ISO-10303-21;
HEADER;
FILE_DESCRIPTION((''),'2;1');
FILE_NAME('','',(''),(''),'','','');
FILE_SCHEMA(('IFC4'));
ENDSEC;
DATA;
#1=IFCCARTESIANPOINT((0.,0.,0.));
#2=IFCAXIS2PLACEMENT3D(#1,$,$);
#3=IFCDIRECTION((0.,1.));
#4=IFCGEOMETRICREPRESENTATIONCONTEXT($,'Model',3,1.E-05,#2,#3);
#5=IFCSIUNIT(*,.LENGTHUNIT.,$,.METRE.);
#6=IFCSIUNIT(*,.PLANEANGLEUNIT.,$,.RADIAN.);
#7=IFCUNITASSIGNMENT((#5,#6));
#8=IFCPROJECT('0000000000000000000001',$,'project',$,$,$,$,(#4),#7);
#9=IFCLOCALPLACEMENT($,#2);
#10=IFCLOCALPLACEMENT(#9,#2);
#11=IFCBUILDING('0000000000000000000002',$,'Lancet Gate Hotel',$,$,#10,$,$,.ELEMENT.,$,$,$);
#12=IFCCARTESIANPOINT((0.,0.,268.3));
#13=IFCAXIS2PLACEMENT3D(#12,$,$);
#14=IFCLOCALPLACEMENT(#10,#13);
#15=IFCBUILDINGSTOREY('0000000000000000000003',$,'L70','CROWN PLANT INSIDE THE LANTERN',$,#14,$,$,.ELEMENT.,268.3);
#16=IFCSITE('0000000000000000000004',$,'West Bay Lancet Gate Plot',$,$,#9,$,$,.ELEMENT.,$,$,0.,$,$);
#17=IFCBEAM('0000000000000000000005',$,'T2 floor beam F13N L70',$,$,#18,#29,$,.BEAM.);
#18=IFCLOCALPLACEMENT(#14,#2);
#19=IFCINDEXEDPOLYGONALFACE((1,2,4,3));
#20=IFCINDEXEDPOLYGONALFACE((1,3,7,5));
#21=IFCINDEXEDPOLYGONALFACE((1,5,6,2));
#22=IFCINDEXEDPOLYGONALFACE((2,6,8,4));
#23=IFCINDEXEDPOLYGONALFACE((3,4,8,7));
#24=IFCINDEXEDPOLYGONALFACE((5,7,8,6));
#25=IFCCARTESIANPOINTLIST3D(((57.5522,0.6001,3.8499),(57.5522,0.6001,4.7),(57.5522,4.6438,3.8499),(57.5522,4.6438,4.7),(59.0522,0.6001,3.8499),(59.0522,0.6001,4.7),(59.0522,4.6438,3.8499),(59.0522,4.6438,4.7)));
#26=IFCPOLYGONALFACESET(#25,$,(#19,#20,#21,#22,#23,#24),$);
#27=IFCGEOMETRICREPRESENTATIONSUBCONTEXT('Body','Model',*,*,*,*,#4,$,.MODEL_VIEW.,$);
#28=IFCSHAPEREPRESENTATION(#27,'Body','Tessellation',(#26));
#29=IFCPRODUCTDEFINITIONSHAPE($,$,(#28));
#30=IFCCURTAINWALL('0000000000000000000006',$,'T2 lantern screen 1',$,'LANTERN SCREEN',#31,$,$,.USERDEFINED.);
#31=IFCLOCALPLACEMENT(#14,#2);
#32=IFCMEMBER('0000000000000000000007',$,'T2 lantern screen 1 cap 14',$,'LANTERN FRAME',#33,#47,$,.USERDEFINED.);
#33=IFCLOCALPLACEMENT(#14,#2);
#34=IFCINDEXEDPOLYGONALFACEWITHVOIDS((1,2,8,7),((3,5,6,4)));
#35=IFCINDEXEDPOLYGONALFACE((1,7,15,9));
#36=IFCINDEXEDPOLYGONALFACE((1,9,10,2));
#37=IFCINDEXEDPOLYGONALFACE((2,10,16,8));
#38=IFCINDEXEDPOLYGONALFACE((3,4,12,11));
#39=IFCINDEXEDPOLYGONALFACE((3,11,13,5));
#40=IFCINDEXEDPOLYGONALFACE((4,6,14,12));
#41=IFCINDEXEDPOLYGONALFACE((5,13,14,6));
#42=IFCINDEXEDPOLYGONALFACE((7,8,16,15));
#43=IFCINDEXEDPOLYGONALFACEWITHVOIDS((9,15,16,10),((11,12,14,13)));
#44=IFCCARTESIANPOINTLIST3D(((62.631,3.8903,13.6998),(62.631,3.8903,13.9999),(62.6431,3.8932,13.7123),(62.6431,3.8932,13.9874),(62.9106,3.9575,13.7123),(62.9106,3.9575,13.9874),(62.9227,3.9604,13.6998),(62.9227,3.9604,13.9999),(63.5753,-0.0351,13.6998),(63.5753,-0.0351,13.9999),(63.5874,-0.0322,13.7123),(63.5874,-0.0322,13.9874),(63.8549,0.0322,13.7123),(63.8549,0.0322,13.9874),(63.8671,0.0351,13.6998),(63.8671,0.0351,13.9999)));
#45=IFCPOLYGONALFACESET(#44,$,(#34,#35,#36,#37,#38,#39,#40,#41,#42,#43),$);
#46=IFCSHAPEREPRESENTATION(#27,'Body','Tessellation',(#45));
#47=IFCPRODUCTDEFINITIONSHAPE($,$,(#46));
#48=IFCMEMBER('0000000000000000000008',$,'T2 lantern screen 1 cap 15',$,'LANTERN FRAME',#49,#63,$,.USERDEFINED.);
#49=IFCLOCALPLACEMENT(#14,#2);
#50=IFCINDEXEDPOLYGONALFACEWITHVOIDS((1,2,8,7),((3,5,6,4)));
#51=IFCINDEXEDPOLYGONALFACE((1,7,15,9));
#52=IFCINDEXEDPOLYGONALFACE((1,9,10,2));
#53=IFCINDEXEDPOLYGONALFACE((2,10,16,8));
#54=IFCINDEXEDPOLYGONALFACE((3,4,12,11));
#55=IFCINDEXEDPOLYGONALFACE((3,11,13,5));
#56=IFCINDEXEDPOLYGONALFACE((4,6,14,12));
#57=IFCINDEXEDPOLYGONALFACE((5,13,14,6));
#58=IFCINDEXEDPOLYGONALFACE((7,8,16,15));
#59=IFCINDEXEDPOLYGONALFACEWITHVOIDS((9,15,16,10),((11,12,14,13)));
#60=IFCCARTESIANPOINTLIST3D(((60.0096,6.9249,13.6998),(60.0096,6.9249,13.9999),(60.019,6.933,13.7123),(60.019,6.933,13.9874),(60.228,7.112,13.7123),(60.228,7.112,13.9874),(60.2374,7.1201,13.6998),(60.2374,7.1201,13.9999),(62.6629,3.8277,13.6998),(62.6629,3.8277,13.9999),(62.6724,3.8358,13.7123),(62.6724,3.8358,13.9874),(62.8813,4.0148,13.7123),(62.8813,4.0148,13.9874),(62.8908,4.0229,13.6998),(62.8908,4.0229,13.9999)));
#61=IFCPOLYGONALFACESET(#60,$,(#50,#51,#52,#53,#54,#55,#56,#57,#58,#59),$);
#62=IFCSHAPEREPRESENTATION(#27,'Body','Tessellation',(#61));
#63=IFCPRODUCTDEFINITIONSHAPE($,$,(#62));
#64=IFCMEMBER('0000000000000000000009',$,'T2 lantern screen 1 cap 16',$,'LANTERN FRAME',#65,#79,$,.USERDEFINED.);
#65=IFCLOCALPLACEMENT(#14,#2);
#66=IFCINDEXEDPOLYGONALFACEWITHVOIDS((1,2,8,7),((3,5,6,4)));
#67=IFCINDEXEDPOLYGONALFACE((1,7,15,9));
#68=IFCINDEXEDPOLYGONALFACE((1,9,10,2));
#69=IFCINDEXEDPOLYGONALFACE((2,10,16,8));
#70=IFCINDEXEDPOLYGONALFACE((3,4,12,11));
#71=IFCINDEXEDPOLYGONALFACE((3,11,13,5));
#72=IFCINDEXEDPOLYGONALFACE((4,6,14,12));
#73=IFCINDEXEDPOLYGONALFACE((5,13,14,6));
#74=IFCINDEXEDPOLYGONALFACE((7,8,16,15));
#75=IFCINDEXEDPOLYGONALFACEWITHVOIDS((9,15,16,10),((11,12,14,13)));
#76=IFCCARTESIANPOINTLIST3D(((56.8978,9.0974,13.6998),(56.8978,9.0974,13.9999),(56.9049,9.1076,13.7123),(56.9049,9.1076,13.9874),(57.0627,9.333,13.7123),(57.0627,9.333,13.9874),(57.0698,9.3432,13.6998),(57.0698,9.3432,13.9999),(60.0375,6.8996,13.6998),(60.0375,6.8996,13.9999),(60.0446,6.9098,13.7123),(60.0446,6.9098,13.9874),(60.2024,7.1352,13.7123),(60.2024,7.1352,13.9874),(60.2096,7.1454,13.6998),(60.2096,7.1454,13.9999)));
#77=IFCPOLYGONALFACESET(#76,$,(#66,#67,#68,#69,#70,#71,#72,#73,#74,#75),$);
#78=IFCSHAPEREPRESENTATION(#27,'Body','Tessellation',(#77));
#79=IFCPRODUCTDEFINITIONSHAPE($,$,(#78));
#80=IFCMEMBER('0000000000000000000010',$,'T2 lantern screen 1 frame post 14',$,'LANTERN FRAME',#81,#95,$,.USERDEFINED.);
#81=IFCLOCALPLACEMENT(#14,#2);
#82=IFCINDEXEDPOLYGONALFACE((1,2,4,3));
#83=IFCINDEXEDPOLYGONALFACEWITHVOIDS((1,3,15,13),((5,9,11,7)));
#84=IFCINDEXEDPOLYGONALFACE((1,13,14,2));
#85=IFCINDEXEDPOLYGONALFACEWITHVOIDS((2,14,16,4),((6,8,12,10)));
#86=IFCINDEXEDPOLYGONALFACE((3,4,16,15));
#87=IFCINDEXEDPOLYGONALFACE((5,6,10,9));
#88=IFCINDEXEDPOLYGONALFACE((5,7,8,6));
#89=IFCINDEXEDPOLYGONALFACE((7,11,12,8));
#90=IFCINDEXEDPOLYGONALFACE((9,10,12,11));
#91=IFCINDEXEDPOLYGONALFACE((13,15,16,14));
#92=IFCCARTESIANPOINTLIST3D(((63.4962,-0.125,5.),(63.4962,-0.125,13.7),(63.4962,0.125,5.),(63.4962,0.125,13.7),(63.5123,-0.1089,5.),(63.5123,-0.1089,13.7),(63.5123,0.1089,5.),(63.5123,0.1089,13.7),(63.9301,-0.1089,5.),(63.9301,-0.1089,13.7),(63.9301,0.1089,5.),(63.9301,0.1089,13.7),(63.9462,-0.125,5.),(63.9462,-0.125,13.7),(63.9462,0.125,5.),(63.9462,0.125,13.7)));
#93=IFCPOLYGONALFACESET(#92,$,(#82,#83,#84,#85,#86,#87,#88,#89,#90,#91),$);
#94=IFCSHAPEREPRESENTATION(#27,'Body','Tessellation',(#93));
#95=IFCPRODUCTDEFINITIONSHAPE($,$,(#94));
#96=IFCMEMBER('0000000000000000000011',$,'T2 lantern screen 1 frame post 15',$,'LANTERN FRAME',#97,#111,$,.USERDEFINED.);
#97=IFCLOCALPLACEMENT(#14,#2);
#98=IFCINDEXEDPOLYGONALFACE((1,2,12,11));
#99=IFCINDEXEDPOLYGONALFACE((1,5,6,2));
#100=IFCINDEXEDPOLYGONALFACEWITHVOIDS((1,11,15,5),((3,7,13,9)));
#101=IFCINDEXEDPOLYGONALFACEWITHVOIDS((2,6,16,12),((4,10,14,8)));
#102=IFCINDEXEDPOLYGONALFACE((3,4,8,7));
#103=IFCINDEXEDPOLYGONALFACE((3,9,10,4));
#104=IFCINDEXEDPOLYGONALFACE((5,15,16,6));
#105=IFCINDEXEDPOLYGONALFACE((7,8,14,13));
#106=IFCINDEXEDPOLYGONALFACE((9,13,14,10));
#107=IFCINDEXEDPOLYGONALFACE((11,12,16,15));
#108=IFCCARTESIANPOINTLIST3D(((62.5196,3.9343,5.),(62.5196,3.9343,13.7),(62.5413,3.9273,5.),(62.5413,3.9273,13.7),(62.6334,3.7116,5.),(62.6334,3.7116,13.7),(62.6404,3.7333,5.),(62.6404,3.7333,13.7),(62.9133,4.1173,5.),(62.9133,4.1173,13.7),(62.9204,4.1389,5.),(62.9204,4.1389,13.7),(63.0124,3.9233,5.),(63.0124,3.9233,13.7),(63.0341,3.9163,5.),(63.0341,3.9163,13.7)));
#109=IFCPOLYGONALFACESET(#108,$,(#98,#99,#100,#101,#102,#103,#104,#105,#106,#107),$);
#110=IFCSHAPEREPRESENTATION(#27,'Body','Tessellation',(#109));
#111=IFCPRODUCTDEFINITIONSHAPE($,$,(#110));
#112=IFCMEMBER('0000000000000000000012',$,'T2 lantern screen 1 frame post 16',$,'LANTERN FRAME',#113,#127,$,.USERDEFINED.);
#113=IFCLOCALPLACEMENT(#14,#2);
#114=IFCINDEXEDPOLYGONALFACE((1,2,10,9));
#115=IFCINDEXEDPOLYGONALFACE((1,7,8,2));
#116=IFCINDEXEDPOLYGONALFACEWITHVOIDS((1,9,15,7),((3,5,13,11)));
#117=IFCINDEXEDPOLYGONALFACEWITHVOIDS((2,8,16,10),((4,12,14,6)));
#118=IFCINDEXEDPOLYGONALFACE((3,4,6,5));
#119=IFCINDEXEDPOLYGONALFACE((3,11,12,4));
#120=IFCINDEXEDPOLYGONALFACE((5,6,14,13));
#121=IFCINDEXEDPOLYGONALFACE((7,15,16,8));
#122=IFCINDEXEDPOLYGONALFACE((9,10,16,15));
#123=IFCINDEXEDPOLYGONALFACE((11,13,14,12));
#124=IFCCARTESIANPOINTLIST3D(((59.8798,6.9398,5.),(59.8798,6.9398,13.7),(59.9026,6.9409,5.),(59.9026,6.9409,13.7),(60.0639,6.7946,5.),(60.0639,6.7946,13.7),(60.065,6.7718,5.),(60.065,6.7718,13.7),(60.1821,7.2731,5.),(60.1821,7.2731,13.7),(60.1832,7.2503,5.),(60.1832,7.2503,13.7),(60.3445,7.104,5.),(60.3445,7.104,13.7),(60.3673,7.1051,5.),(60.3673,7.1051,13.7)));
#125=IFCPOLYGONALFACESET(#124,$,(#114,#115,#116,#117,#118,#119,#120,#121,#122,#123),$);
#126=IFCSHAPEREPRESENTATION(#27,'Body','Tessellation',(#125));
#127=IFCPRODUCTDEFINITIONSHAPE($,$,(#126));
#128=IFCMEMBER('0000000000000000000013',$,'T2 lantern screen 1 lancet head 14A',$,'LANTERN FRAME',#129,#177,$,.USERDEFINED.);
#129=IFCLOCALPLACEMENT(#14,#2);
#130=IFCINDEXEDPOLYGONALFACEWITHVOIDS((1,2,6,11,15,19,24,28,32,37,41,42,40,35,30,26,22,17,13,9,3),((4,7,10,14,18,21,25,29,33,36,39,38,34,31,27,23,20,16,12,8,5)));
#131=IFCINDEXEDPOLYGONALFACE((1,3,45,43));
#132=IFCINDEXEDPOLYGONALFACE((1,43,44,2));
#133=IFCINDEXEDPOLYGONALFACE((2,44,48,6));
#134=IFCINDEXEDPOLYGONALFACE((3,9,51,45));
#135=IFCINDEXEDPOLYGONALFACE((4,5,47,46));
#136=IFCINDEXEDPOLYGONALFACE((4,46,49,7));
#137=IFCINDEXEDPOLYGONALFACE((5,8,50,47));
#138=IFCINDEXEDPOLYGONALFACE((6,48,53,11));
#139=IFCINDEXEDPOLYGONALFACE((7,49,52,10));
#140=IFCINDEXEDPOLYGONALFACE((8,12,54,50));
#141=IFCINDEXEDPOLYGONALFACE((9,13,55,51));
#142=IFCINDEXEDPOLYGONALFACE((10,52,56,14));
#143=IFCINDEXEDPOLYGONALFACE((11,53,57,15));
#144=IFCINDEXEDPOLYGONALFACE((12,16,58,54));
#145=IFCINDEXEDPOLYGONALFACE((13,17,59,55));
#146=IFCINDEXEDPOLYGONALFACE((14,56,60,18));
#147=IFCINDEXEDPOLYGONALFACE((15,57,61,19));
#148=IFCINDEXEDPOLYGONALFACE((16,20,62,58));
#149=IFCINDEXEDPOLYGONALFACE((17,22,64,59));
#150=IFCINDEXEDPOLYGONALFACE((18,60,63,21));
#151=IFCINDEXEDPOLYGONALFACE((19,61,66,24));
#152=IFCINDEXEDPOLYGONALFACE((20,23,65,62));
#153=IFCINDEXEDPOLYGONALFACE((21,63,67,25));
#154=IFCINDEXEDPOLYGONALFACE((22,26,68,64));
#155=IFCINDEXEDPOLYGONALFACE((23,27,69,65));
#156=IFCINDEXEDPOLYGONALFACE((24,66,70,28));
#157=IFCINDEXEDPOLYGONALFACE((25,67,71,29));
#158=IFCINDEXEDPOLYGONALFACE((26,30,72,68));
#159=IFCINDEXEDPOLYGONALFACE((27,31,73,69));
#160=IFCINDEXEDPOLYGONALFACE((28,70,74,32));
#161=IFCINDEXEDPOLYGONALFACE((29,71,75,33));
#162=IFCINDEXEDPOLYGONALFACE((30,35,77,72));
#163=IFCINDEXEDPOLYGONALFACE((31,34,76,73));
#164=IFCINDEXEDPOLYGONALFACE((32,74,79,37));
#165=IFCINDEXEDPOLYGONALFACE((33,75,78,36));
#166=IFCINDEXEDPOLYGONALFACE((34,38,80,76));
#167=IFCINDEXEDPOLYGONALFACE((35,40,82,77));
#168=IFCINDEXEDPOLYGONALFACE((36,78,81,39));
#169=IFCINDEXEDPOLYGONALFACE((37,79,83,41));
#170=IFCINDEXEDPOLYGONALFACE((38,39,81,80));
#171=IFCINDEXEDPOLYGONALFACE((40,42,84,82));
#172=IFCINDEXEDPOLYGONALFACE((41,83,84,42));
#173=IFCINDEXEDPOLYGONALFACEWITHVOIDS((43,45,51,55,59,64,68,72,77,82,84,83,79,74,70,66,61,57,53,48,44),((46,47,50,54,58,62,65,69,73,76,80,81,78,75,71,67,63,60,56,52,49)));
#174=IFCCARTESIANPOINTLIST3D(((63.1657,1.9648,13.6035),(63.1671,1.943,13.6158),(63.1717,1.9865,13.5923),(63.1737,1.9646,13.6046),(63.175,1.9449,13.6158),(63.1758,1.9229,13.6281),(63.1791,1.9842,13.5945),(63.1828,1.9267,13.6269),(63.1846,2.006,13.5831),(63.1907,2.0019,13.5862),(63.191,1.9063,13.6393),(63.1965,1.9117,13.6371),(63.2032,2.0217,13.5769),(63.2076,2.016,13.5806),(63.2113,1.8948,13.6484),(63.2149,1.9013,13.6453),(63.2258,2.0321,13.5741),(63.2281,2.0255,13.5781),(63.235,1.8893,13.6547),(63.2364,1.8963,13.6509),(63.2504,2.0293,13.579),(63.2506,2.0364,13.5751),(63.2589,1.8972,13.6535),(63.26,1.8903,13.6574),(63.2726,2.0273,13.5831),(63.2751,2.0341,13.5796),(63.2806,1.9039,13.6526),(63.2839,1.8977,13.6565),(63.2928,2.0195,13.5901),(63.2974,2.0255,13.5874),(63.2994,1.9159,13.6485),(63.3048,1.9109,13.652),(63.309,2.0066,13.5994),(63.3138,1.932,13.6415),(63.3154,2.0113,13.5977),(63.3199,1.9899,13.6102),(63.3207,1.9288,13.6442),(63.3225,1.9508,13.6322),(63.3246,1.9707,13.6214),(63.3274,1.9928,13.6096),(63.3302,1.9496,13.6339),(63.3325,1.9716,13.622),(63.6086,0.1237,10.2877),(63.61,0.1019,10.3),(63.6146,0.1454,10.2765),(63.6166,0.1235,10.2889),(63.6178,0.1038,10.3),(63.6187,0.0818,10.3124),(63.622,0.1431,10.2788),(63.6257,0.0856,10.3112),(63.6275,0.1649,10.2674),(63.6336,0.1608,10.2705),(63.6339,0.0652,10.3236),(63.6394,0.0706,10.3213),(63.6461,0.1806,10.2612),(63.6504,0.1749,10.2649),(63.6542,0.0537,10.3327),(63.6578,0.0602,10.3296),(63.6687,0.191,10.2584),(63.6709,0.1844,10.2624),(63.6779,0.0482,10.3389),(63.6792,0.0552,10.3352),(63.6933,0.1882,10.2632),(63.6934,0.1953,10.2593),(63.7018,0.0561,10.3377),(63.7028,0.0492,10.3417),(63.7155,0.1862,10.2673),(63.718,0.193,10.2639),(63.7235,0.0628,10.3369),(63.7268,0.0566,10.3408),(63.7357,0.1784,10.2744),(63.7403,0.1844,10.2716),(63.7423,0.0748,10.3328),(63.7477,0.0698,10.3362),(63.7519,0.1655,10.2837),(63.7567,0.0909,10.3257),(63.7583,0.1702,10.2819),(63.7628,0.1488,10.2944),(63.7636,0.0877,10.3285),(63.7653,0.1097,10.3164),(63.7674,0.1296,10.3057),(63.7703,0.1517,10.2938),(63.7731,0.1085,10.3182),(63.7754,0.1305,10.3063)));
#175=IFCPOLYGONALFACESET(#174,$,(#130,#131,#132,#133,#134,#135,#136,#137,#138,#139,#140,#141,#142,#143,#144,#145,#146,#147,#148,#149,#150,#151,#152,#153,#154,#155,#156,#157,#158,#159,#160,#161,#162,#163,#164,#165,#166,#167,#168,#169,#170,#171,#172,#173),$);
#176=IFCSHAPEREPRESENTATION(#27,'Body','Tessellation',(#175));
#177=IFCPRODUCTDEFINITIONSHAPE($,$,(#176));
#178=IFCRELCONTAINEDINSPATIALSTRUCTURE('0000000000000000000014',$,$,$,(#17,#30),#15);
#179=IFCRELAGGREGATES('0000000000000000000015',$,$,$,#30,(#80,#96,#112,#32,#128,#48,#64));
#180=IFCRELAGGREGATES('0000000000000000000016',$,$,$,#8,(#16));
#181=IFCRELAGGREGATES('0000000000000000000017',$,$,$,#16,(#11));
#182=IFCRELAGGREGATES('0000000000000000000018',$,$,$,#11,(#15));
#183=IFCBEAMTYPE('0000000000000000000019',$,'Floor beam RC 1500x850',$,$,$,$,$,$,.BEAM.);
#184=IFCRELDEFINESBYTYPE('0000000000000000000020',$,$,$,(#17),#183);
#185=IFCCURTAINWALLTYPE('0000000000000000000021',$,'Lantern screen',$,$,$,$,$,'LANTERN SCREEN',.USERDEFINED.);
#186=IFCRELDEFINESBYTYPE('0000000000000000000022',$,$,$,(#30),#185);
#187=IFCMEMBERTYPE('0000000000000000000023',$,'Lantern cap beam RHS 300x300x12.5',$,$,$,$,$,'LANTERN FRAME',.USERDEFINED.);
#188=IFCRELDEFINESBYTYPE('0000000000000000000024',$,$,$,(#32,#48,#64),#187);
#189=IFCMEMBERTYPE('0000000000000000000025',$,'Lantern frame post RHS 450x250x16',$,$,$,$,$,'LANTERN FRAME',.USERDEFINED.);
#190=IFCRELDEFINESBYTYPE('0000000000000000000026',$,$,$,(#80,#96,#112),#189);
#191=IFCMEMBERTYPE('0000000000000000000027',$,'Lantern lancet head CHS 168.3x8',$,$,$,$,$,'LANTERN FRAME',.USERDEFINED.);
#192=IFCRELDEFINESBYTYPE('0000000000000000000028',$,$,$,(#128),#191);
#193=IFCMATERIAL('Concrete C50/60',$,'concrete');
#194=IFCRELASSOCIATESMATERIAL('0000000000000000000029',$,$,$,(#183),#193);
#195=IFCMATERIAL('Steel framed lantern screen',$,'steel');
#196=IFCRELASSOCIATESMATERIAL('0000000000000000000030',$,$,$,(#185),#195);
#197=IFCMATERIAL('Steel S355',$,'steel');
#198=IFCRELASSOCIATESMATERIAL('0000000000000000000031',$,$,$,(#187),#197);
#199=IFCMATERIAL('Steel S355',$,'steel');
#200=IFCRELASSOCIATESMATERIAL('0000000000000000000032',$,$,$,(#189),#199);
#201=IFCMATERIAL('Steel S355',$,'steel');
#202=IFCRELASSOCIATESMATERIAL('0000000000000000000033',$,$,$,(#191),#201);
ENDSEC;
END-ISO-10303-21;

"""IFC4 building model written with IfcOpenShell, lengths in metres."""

from ifc_helpers import new_model, si_unit, direction, frame, origin, origin_2d, place, context, subcontext, project, spatial, rectangle, hollow_rectangle, hollow_circle, extrude, material, material_profile, profile_set, type_object, element, aggregate, save


model = new_model("IFC4")

# Units and contexts
model_context = context("Model", 3, precision=1e-05, world=origin(), true_north=direction((0.0, 1.0)))
body_context = subcontext(model_context, "Body", "Model", "MODEL_VIEW")
ifc_project = project(units=[si_unit("LENGTHUNIT", "METRE"), si_unit("PLANEANGLEUNIT", "RADIAN")], contexts=[model_context])

# Site, building, storey
site_placement = place(None, origin())
site = spatial("IfcSite", under=ifc_project, at=site_placement, Name="West Bay Lancet Gate Plot", CompositionType="ELEMENT", RefElevation=0.0)
building_placement = place(site_placement, origin())
building = spatial("IfcBuilding", under=site, at=building_placement, Name="Lancet Gate Hotel", CompositionType="ELEMENT")
storey_placement = place(building_placement, frame((0.0, 0.0, 268.3)))
storey = spatial("IfcBuildingStorey", under=building, at=storey_placement, Name="L70", Description="CROWN PLANT INSIDE THE LANTERN", CompositionType="ELEMENT", Elevation=268.3)

# Beam
ifc_material_1 = material(Name="Concrete C50/60", Category="concrete")
ifc_material_profile_1 = material_profile(ifc_material_1, rectangle(XDim=1.5, YDim=0.8501, at=origin_2d()), Name="RC 1500x850")
ifc_profile_set_1 = profile_set([ifc_material_profile_1], Name="Concrete C50/60")
beam_type_1 = type_object("IfcBeamType", Name="Floor beam RC 1500x850", PredefinedType="BEAM", material=ifc_profile_set_1)
beam_1_placement = place(storey_placement, frame((58.3022, 0.6001, 4.2749), z_axis=(0.0, 1.0, 0.0), x_axis=(-1.0, 0.0, 0.0)))
element("IfcBeam", 1, at=beam_1_placement, inside=storey, type_object=beam_type_1, Name="T2 floor beam F13N L70", PredefinedType="BEAM", context=body_context, shape_type="SweptSolid", body=[
    extrude(rectangle(XDim=1.5, YDim=0.8501, at=origin_2d()), origin(), (0.0, 0.0, 1.0), 4.0437),
])

# Curtain wall, members
ifc_material_2 = material(Name="Steel framed lantern screen", Category="steel")
curtain_wall_type_1 = type_object("IfcCurtainWallType", Name="Lantern screen", ElementType="LANTERN SCREEN", PredefinedType="USERDEFINED", material=ifc_material_2)
curtain_wall_1_placement = place(storey_placement, origin())
curtain_wall_1 = element("IfcCurtainWall", 2, at=curtain_wall_1_placement, inside=storey, type_object=curtain_wall_type_1, Name="T2 lantern screen 1", ObjectType="LANTERN SCREEN", PredefinedType="USERDEFINED")
ifc_material_3 = material(Name="Steel S355", Category="steel")
ifc_material_profile_2 = material_profile(ifc_material_3, hollow_rectangle(XDim=0.3, YDim=0.3, WallThickness=0.0125, at=origin_2d()), Name="RHS 300x300x12.5")
ifc_profile_set_2 = profile_set([ifc_material_profile_2], Name="Steel S355")
member_type_1 = type_object("IfcMemberType", Name="Lantern cap beam RHS 300x300x12.5", ElementType="LANTERN FRAME", PredefinedType="USERDEFINED", material=ifc_profile_set_2)
member_1_placement = place(storey_placement, frame((63.7212, 0.0, 13.8499), z_axis=(-0.233904, 0.97226, 0.0), x_axis=(-0.97226, -0.233904, 0.0)))
member_1 = element("IfcMember", 3, at=member_1_placement, type_object=member_type_1, Name="T2 lantern screen 1 cap 14", ObjectType="LANTERN FRAME", PredefinedType="USERDEFINED", context=body_context, shape_type="SweptSolid", body=[
    extrude(hollow_rectangle(XDim=0.3, YDim=0.3, WallThickness=0.0125, at=origin_2d()), origin(), (0.0, 0.0, 1.0), 4.0374),
])
member_2_placement = place(storey_placement, frame((62.7769, 3.9253, 13.8499), z_axis=(-0.650594, 0.759426, 0.0), x_axis=(-0.759426, -0.650594, 0.0)))
member_2 = element("IfcMember", 4, at=member_2_placement, type_object=member_type_1, Name="T2 lantern screen 1 cap 15", ObjectType="LANTERN FRAME", PredefinedType="USERDEFINED", context=body_context, shape_type="SweptSolid", body=[
    extrude(hollow_rectangle(XDim=0.3, YDim=0.3, WallThickness=0.0125, at=origin_2d()), origin(), (0.0, 0.0, 1.0), 4.0784),
])
member_3_placement = place(storey_placement, frame((60.1235, 7.0225, 13.8499), z_axis=(-0.819232, 0.573462, 0.0), x_axis=(-0.573462, -0.819232, 0.0)))
member_3 = element("IfcMember", 5, at=member_3_placement, type_object=member_type_1, Name="T2 lantern screen 1 cap 16", ObjectType="LANTERN FRAME", PredefinedType="USERDEFINED", context=body_context, shape_type="SweptSolid", body=[
    extrude(hollow_rectangle(XDim=0.3, YDim=0.3, WallThickness=0.0125, at=origin_2d()), origin(), (0.0, 0.0, 1.0), 3.8325),
])
ifc_material_4 = material(Name="Steel S355", Category="steel")
ifc_material_profile_3 = material_profile(ifc_material_4, hollow_rectangle(XDim=0.25, YDim=0.45, WallThickness=0.0161, at=origin_2d()), Name="RHS 450x250x16")
ifc_profile_set_3 = profile_set([ifc_material_profile_3], Name="Steel S355")
member_type_2 = type_object("IfcMemberType", Name="Lantern frame post RHS 450x250x16", ElementType="LANTERN FRAME", PredefinedType="USERDEFINED", material=ifc_profile_set_3)
member_4_placement = place(storey_placement, frame((63.7212, 0.0, 5.0), z_axis=(0.0, 0.0, 1.0), x_axis=(0.0, 1.0, 0.0)))
member_4 = element("IfcMember", 6, at=member_4_placement, type_object=member_type_2, Name="T2 lantern screen 1 frame post 14", ObjectType="LANTERN FRAME", PredefinedType="USERDEFINED", context=body_context, shape_type="SweptSolid", body=[
    extrude(hollow_rectangle(XDim=0.25, YDim=0.45, WallThickness=0.0161, at=origin_2d()), origin(), (0.0, 0.0, 1.0), 8.7),
])
member_5_placement = place(storey_placement, frame((62.7769, 3.9253, 5.0), z_axis=(0.0, 0.0, 1.0), x_axis=(-0.454853, 0.890567, 0.0)))
member_5 = element("IfcMember", 7, at=member_5_placement, type_object=member_type_2, Name="T2 lantern screen 1 frame post 15", ObjectType="LANTERN FRAME", PredefinedType="USERDEFINED", context=body_context, shape_type="SweptSolid", body=[
    extrude(hollow_rectangle(XDim=0.25, YDim=0.45, WallThickness=0.0161, at=origin_2d()), origin(), (0.0, 0.0, 1.0), 8.7),
])
member_6_placement = place(storey_placement, frame((60.1235, 7.0225, 5.0), z_axis=(0.0, 0.0, 1.0), x_axis=(-0.740766, 0.671763, 0.0)))
member_6 = element("IfcMember", 8, at=member_6_placement, type_object=member_type_2, Name="T2 lantern screen 1 frame post 16", ObjectType="LANTERN FRAME", PredefinedType="USERDEFINED", context=body_context, shape_type="SweptSolid", body=[
    extrude(hollow_rectangle(XDim=0.25, YDim=0.45, WallThickness=0.0161, at=origin_2d()), origin(), (0.0, 0.0, 1.0), 8.7),
])
ifc_material_5 = material(Name="Steel S355", Category="steel")
ifc_material_profile_4 = material_profile(ifc_material_5, hollow_circle(Radius=0.0842, WallThickness=0.0081, at=origin_2d()), Name="CHS 168.3x8.0")
ifc_profile_set_4 = profile_set([ifc_material_profile_4], Name="Steel S355")
member_type_3 = type_object("IfcMemberType", Name="Lantern lancet head CHS 168.3x8", ElementType="LANTERN FRAME", PredefinedType="USERDEFINED", material=ifc_profile_set_4)
member_7_placement = place(storey_placement, frame((63.6919, 0.1216, 10.3), z_axis=(-0.115987, 0.48217, 0.868366), x_axis=(-0.972265, -0.23388, 0.0)))
member_7 = element("IfcMember", 9, at=member_7_placement, type_object=member_type_3, Name="T2 lantern screen 1 lancet head 14A", ObjectType="LANTERN FRAME", PredefinedType="USERDEFINED", context=body_context, shape_type="SweptSolid", body=[
    extrude(hollow_circle(Radius=0.0842, WallThickness=0.0081, at=origin_2d()), origin(), (0.0, 0.0, 1.0), 3.8184),
])

aggregate(curtain_wall_1, [member_4, member_5, member_6, member_1, member_7, member_2, member_3])

save(model, "model.ifc")
